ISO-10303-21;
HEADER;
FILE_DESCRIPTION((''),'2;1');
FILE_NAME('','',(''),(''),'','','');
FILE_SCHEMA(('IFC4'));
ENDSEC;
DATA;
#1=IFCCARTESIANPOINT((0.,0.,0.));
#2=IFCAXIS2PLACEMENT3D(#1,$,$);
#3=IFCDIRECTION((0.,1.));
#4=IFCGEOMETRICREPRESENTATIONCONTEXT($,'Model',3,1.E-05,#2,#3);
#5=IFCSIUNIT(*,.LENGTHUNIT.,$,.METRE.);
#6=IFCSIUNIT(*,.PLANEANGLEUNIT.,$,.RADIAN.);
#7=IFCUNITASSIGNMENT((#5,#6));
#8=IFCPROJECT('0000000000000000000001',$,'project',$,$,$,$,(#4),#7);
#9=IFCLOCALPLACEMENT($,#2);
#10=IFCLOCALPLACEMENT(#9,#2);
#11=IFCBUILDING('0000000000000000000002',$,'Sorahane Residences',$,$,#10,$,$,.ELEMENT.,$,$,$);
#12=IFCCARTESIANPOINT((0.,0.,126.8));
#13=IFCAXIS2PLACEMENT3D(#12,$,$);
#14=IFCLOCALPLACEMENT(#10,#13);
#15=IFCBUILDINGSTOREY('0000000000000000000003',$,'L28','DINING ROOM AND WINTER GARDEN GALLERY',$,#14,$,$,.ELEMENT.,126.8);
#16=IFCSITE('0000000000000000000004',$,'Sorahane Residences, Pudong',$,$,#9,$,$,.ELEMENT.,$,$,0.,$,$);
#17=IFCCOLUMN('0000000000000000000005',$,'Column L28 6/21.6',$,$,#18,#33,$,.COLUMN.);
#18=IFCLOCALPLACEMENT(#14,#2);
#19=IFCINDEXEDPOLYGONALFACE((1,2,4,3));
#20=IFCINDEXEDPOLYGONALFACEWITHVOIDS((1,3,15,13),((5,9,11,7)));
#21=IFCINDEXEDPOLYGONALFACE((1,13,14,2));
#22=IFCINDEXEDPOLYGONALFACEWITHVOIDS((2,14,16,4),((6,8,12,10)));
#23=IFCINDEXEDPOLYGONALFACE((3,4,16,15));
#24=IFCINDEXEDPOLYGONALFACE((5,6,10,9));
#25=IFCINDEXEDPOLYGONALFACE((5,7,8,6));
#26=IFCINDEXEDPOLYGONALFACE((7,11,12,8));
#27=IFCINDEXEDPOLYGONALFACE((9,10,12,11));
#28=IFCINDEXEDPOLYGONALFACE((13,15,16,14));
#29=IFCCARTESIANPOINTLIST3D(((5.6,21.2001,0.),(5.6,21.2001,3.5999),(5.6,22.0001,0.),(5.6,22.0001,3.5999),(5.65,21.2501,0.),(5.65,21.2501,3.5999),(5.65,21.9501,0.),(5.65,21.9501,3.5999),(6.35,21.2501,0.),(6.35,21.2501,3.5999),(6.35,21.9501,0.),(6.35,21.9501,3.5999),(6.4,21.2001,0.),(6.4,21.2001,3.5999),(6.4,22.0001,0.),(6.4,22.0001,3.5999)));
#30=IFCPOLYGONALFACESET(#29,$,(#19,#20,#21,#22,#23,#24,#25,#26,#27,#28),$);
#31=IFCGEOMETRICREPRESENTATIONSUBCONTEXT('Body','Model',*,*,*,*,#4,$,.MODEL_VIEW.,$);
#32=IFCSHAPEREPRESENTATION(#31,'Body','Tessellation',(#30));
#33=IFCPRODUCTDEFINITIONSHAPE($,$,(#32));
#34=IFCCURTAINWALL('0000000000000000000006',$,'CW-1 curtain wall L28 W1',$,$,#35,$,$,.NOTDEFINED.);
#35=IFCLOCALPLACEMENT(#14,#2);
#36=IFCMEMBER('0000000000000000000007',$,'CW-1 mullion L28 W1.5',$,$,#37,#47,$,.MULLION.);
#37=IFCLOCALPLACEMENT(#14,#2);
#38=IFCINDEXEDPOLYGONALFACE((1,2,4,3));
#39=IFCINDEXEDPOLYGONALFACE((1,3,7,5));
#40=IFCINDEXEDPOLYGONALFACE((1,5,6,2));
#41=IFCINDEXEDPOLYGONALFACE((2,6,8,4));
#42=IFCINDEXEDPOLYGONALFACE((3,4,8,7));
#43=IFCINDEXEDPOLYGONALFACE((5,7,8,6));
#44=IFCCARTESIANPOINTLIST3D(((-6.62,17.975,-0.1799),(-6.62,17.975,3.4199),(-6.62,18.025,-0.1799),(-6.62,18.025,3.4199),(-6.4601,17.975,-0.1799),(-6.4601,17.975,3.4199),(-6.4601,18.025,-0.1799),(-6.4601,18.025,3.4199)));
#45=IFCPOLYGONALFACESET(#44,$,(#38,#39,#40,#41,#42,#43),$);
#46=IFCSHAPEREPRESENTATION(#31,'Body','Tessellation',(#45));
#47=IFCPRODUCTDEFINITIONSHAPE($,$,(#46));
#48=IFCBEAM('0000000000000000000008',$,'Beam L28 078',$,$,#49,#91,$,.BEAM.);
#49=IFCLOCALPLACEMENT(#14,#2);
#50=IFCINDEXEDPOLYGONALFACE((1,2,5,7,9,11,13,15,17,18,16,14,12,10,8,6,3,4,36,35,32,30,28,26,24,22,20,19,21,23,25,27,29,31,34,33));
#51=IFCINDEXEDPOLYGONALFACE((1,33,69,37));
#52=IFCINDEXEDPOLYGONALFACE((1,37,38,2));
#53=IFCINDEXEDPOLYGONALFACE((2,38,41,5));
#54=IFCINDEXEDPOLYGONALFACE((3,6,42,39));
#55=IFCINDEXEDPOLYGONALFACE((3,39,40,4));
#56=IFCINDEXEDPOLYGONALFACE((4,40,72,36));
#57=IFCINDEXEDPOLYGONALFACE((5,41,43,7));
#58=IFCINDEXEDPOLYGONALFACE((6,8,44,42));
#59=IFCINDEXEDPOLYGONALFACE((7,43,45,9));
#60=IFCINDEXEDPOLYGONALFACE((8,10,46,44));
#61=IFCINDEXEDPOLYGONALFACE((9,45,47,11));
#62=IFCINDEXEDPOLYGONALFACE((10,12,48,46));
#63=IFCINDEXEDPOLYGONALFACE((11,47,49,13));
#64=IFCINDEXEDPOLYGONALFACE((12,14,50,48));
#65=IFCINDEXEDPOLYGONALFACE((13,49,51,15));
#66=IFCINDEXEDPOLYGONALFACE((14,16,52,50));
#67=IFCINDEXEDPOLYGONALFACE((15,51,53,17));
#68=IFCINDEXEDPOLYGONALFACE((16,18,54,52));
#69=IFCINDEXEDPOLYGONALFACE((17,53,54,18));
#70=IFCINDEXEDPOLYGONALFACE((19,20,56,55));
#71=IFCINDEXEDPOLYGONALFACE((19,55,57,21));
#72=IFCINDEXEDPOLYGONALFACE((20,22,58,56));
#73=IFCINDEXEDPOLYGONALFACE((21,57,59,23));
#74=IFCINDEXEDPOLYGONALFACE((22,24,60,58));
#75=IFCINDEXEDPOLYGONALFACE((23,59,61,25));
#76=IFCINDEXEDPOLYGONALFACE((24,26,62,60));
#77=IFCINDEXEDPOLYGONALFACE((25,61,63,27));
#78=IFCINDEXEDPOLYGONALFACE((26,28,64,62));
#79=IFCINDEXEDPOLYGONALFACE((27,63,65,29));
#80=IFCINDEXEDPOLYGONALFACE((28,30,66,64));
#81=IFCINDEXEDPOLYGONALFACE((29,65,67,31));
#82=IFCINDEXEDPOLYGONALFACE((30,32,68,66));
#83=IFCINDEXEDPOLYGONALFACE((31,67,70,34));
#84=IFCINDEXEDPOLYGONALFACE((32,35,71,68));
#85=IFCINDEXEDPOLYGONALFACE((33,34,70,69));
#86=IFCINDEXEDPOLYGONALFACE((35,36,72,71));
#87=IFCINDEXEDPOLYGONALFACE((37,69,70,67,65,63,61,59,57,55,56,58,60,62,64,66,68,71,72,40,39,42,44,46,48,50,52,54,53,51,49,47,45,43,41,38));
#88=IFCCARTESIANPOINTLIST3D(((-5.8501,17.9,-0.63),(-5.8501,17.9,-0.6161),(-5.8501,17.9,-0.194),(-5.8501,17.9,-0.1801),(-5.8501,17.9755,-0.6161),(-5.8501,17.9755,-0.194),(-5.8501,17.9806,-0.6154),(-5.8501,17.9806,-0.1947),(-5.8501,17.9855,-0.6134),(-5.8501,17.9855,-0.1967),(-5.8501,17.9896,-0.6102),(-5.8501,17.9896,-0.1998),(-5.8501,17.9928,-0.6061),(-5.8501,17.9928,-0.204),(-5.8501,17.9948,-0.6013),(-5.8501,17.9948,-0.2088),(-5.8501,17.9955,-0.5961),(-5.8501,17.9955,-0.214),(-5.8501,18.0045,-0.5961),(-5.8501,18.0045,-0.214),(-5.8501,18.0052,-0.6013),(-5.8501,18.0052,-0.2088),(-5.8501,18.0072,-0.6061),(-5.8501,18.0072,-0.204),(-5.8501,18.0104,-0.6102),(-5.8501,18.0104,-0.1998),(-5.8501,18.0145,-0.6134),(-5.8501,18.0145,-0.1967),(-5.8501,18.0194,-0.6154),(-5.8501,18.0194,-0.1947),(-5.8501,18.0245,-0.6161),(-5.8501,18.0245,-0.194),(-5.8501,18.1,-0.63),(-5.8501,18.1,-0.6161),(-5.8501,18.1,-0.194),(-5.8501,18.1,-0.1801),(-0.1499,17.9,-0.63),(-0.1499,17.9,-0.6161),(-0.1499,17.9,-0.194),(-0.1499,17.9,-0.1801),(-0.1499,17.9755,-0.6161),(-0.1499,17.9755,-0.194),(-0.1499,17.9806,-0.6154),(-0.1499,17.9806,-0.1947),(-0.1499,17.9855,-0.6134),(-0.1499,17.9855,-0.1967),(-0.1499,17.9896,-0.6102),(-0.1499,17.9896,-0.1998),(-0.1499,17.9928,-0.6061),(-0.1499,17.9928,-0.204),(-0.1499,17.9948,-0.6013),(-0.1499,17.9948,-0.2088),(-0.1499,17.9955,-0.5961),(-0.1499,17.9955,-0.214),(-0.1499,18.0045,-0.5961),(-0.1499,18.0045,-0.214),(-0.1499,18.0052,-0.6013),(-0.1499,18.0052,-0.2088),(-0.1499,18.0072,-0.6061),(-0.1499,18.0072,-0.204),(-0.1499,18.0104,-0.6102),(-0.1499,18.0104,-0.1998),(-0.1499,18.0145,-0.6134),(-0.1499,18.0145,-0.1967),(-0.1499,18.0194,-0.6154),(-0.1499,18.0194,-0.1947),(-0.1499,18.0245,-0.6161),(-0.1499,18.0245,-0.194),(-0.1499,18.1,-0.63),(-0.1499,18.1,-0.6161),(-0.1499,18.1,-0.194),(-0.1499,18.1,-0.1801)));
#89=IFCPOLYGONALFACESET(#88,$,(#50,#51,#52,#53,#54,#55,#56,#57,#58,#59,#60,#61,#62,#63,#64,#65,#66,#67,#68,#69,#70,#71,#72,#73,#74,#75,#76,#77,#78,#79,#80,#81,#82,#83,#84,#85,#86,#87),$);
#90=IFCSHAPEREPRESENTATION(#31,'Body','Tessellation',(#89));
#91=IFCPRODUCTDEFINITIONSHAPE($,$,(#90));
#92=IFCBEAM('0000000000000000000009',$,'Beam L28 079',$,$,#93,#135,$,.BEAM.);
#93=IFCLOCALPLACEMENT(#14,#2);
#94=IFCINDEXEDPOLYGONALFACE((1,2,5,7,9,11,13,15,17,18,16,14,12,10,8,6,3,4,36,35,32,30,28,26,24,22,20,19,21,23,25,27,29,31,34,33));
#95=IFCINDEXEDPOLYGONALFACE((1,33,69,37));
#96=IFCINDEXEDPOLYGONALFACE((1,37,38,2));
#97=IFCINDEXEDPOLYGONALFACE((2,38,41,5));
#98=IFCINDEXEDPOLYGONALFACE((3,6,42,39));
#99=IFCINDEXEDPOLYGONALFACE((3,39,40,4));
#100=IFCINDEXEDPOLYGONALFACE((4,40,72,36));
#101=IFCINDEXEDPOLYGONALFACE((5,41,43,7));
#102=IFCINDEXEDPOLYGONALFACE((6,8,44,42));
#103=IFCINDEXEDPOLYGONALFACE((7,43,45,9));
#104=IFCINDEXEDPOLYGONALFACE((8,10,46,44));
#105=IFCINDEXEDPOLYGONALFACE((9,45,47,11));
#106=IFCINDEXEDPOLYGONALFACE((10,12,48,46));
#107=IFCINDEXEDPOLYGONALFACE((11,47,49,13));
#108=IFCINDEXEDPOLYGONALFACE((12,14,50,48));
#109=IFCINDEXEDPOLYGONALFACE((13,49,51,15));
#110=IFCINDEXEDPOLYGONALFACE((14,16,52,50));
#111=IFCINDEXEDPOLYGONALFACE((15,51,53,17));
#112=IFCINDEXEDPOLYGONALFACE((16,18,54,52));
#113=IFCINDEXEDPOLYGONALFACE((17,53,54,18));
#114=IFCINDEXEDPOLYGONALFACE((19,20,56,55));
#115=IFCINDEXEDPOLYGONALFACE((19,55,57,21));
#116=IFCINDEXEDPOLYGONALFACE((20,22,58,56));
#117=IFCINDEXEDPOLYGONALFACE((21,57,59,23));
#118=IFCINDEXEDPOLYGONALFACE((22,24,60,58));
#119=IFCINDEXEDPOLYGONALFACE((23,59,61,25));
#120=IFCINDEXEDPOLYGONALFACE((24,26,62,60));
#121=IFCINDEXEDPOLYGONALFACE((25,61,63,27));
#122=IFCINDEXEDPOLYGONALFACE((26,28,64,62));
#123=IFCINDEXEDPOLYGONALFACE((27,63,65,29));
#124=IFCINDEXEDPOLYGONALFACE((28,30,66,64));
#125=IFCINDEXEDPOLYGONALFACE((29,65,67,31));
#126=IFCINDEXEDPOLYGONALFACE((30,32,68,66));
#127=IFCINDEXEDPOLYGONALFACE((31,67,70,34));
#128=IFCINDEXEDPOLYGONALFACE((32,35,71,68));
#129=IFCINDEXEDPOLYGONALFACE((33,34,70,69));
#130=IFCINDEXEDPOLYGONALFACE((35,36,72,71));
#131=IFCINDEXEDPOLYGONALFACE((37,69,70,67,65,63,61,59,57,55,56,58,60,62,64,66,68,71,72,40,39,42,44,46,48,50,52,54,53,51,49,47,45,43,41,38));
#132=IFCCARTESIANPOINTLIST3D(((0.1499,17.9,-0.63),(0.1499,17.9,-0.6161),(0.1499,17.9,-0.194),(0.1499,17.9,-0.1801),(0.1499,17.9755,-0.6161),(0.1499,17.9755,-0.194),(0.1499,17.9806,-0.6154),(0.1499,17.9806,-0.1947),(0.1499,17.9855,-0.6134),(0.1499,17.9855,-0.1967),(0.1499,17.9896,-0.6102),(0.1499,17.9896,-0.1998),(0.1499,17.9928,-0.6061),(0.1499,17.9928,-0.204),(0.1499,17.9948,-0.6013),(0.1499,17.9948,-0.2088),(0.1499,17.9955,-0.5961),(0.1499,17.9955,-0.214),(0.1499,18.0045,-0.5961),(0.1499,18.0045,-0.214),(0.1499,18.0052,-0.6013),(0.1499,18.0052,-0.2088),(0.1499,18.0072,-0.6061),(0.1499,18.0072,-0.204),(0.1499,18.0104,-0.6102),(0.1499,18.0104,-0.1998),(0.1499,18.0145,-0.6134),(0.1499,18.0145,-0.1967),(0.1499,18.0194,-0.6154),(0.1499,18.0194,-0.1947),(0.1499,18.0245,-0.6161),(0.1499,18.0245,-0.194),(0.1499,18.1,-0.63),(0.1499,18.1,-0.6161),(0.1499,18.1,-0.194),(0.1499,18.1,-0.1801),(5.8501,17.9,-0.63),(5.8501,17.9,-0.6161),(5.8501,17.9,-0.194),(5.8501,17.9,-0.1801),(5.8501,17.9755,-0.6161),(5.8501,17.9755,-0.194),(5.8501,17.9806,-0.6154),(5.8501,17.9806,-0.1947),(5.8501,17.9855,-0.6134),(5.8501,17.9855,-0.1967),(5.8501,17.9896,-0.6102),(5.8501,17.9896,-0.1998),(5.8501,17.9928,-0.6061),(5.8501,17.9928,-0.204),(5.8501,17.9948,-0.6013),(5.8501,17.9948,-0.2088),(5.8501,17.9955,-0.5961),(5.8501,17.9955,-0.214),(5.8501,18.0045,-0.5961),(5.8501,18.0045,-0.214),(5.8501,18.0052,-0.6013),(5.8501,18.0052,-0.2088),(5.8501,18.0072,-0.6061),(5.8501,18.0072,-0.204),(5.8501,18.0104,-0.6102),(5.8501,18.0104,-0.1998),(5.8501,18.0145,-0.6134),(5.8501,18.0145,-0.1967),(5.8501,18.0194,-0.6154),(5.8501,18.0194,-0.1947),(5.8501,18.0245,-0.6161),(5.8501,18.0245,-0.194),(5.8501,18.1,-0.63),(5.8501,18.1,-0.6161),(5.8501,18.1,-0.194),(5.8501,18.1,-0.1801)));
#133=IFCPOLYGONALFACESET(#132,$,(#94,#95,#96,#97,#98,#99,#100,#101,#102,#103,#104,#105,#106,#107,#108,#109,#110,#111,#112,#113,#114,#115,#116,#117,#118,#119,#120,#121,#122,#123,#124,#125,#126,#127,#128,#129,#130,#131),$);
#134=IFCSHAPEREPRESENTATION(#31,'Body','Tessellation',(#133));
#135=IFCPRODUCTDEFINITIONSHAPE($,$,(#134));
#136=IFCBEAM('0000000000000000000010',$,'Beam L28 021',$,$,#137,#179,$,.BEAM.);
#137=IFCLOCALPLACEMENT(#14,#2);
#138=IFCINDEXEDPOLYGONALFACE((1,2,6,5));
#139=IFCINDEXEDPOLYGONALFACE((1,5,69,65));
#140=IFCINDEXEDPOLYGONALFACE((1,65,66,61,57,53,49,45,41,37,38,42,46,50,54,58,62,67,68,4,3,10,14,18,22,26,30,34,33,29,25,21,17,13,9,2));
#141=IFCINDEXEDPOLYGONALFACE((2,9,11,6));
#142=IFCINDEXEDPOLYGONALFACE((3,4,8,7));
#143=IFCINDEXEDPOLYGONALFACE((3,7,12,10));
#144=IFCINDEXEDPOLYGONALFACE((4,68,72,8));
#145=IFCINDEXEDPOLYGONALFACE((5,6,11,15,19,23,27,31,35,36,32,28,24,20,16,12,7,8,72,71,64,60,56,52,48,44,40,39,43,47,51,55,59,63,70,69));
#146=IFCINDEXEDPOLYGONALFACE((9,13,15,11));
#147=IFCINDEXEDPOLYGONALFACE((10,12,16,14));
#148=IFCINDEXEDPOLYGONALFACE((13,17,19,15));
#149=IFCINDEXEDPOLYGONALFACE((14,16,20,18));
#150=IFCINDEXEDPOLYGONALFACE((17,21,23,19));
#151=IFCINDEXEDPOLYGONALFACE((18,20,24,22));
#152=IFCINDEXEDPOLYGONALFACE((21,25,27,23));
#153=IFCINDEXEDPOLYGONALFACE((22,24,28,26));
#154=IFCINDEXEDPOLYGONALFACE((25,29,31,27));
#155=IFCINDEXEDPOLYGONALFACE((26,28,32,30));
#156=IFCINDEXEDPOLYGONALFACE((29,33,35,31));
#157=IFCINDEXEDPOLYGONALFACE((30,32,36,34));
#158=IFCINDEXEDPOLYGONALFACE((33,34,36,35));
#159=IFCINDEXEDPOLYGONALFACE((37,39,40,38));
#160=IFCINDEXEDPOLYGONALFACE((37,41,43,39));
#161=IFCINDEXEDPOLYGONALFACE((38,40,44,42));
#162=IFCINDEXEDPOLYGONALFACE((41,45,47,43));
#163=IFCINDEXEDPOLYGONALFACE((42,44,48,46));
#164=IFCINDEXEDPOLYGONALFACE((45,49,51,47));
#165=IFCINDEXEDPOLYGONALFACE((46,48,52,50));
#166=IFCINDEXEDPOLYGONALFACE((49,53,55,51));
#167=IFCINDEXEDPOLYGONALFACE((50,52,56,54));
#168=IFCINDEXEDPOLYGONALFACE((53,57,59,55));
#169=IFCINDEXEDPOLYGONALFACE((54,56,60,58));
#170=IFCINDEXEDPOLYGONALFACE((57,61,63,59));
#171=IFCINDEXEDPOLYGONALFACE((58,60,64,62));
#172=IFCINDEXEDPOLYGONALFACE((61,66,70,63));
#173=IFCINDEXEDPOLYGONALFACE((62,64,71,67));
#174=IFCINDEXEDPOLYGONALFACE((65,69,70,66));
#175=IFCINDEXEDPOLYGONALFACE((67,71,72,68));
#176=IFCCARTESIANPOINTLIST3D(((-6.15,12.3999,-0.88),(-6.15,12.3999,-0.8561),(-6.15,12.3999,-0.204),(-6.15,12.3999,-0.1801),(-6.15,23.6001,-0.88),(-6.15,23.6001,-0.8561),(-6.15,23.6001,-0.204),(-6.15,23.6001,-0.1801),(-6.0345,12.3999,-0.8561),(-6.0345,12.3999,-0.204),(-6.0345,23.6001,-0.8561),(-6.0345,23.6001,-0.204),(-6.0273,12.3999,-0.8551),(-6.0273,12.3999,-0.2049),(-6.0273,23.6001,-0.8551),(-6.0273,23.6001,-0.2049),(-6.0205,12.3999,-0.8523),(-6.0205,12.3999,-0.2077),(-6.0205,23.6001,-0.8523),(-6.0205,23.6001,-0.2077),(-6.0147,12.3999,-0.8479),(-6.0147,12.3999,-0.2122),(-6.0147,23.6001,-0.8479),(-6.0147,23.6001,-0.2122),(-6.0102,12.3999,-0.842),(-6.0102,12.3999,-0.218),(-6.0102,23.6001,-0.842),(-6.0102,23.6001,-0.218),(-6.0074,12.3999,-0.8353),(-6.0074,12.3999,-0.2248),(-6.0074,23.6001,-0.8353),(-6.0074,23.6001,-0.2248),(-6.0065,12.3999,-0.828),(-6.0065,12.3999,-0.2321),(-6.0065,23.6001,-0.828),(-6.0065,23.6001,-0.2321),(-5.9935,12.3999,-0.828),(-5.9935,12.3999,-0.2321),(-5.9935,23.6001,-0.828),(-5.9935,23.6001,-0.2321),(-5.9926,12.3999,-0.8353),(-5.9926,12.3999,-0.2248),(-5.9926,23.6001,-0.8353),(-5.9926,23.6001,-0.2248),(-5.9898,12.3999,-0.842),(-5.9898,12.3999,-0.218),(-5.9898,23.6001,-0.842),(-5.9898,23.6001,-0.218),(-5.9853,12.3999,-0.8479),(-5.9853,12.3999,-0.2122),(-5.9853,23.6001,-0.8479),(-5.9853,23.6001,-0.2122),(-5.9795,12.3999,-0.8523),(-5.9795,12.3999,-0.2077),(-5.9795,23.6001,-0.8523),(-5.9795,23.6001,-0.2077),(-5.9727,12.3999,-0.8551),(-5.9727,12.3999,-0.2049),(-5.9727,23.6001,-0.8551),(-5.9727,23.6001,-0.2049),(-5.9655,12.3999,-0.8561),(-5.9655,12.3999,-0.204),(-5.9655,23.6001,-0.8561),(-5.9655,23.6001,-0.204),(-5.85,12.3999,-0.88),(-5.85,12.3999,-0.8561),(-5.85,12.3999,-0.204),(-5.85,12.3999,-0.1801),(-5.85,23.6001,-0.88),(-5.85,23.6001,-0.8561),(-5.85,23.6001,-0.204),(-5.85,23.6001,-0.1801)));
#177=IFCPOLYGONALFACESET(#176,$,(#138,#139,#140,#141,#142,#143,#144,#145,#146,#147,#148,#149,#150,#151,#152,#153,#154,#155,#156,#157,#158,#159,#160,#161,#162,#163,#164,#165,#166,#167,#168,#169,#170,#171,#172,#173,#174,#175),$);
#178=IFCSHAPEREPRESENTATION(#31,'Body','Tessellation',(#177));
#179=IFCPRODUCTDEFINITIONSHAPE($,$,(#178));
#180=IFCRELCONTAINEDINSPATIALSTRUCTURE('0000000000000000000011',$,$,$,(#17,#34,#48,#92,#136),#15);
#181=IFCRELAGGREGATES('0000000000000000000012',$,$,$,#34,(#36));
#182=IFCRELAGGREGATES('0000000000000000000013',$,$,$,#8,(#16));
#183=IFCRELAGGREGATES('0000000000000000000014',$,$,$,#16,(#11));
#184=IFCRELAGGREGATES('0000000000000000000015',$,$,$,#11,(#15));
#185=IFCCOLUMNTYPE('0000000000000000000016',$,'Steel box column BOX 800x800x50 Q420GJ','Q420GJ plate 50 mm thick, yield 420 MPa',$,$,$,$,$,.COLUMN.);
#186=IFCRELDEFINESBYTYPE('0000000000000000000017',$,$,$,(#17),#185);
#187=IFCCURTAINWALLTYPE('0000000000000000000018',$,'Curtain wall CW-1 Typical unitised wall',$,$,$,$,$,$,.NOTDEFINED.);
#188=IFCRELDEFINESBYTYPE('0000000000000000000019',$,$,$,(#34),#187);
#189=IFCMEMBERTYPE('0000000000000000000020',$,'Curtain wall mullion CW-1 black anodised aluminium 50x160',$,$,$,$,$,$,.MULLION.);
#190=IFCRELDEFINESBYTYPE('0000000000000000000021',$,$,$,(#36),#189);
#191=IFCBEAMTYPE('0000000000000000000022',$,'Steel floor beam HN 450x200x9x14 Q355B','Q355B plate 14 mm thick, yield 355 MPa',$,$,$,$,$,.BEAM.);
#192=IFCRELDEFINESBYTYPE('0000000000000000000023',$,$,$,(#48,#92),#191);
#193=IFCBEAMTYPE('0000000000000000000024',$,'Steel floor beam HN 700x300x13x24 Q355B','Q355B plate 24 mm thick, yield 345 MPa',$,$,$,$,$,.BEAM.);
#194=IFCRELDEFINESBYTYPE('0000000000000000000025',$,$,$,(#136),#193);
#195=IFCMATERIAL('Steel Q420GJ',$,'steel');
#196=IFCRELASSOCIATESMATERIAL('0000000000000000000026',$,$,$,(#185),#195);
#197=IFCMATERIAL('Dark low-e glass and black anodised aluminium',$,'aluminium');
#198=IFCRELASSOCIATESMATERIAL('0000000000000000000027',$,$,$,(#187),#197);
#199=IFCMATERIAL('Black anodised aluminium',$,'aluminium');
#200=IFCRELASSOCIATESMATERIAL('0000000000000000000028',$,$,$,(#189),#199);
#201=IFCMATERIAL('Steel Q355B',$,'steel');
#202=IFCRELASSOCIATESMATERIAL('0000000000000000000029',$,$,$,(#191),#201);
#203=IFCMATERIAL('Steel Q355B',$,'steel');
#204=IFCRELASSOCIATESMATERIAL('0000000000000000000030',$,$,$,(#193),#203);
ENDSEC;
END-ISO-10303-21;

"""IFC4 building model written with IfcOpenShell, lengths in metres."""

from ifc_helpers import new_model, si_unit, direction, frame, origin, origin_2d, place, context, subcontext, project, spatial, rectangle, hollow_rectangle, i_section, extrude, material, material_profile, profile_set, type_object, element, aggregate, save


model = new_model("IFC4")

# Units and contexts
model_context = context("Model", 3, precision=1e-05, world=origin(), true_north=direction((0.0, 1.0)))
body_context = subcontext(model_context, "Body", "Model", "MODEL_VIEW")
ifc_project = project(units=[si_unit("LENGTHUNIT", "METRE"), si_unit("PLANEANGLEUNIT", "RADIAN")], contexts=[model_context])

# Site, building, storey
site_placement = place(None, origin())
site = spatial("IfcSite", under=ifc_project, at=site_placement, Name="Sorahane Residences, Pudong", CompositionType="ELEMENT", RefElevation=0.0)
building_placement = place(site_placement, origin())
building = spatial("IfcBuilding", under=site, at=building_placement, Name="Sorahane Residences", CompositionType="ELEMENT")
storey_placement = place(building_placement, frame((0.0, 0.0, 126.8)))
storey = spatial("IfcBuildingStorey", under=building, at=storey_placement, Name="L28", Description="DINING ROOM AND WINTER GARDEN GALLERY", CompositionType="ELEMENT", Elevation=126.8)

# Column
ifc_material_1 = material(Name="Steel Q420GJ", Category="steel")
ifc_material_profile_1 = material_profile(ifc_material_1, hollow_rectangle(XDim=0.8, YDim=0.8, WallThickness=0.05, at=origin_2d()), Name="BOX 800x800x50")
ifc_profile_set_1 = profile_set([ifc_material_profile_1], Name="Steel Q420GJ")
column_type = type_object("IfcColumnType", Name="Steel box column BOX 800x800x50 Q420GJ", Description="Q420GJ plate 50 mm thick, yield 420 MPa", PredefinedType="COLUMN", material=ifc_profile_set_1)
column_placement = place(storey_placement, frame((6.0, 21.6001, 0.0), z_axis=(0.0, 0.0, 1.0), x_axis=(1.0, 0.0, 0.0)))
element("IfcColumn", 1, at=column_placement, inside=storey, type_object=column_type, Name="Column L28 6/21.6", PredefinedType="COLUMN", context=body_context, shape_type="SweptSolid", body=[
    extrude(hollow_rectangle(XDim=0.8, YDim=0.8, WallThickness=0.05, at=origin_2d()), origin(), (0.0, 0.0, 1.0), 3.5999),
])

# Curtain wall, member
ifc_material_2 = material(Name="Dark low-e glass and black anodised aluminium", Category="aluminium")
curtain_wall_type = type_object("IfcCurtainWallType", Name="Curtain wall CW-1 Typical unitised wall", PredefinedType="NOTDEFINED", material=ifc_material_2)
curtain_wall_placement = place(storey_placement, origin())
curtain_wall = element("IfcCurtainWall", 2, at=curtain_wall_placement, inside=storey, type_object=curtain_wall_type, Name="CW-1 curtain wall L28 W1", PredefinedType="NOTDEFINED")
ifc_material_3 = material(Name="Black anodised aluminium", Category="aluminium")
ifc_material_profile_2 = material_profile(ifc_material_3, rectangle(XDim=0.1599, YDim=0.05, at=origin_2d()), Name="Curtain wall mullion CW-1 black anodised aluminium 50x160")
ifc_profile_set_2 = profile_set([ifc_material_profile_2], Name="Black anodised aluminium")
member_type = type_object("IfcMemberType", Name="Curtain wall mullion CW-1 black anodised aluminium 50x160", PredefinedType="MULLION", material=ifc_profile_set_2)
member_placement = place(storey_placement, frame((-6.54, 18.0, -0.1799), z_axis=(0.0, 0.0, 1.0), x_axis=(-1.0, 0.0, 0.0)))
member = element("IfcMember", 3, at=member_placement, type_object=member_type, Name="CW-1 mullion L28 W1.5", PredefinedType="MULLION", context=body_context, shape_type="SweptSolid", body=[
    extrude(rectangle(XDim=0.1599, YDim=0.05, at=origin_2d()), origin(), (0.0, 0.0, 1.0), 3.5999),
])

# Beams
ifc_material_4 = material(Name="Steel Q355B", Category="steel")
ifc_material_profile_3 = material_profile(ifc_material_4, i_section(OverallWidth=0.2, OverallDepth=0.45, WebThickness=0.009, FlangeThickness=0.0139, FilletRadius=0.02, at=origin_2d()), Name="HN 450x200x9x14")
ifc_profile_set_3 = profile_set([ifc_material_profile_3], Name="Steel Q355B")
beam_type_1 = type_object("IfcBeamType", Name="Steel floor beam HN 450x200x9x14 Q355B", Description="Q355B plate 14 mm thick, yield 355 MPa", PredefinedType="BEAM", material=ifc_profile_set_3)
for number, where, z_axis, x_axis, name in (
    (4, (-5.8501, 18.0, -0.405), (1.0, 0.0, 0.0), (0.0, 1.0, 0.0), "Beam L28 078"),
    (5, (0.1499, 18.0, -0.405), (1.0, 0.0, 0.0), (0.0, 1.0, 0.0), "Beam L28 079"),
):
    element("IfcBeam", number, at=place(storey_placement, frame(where, z_axis=z_axis, x_axis=x_axis)), inside=storey, type_object=beam_type_1, Name=name, PredefinedType="BEAM", context=body_context, shape_type="SweptSolid", body=[
        extrude(i_section(OverallWidth=0.2, OverallDepth=0.45, WebThickness=0.009, FlangeThickness=0.0139, FilletRadius=0.02, at=origin_2d()), origin(), (0.0, 0.0, 1.0), 5.7002),
    ])
ifc_material_5 = material(Name="Steel Q355B", Category="steel")
ifc_material_profile_4 = material_profile(ifc_material_5, i_section(OverallWidth=0.3, OverallDepth=0.7, WebThickness=0.0129, FlangeThickness=0.0239, FilletRadius=0.0281, at=origin_2d()), Name="HN 700x300x13x24")
ifc_profile_set_4 = profile_set([ifc_material_profile_4], Name="Steel Q355B")
beam_type_2 = type_object("IfcBeamType", Name="Steel floor beam HN 700x300x13x24 Q355B", Description="Q355B plate 24 mm thick, yield 345 MPa", PredefinedType="BEAM", material=ifc_profile_set_4)
beam_1_placement = place(storey_placement, frame((-6.0, 12.3999, -0.53), z_axis=(0.0, 1.0, 0.0), x_axis=(-1.0, 0.0, 0.0)))
element("IfcBeam", 6, at=beam_1_placement, inside=storey, type_object=beam_type_2, Name="Beam L28 021", PredefinedType="BEAM", context=body_context, shape_type="SweptSolid", body=[
    extrude(i_section(OverallWidth=0.3, OverallDepth=0.7, WebThickness=0.0129, FlangeThickness=0.0239, FilletRadius=0.0281, at=origin_2d()), origin(), (0.0, 0.0, 1.0), 11.2002),
])

aggregate(curtain_wall, [member])

save(model, "model.ifc")
